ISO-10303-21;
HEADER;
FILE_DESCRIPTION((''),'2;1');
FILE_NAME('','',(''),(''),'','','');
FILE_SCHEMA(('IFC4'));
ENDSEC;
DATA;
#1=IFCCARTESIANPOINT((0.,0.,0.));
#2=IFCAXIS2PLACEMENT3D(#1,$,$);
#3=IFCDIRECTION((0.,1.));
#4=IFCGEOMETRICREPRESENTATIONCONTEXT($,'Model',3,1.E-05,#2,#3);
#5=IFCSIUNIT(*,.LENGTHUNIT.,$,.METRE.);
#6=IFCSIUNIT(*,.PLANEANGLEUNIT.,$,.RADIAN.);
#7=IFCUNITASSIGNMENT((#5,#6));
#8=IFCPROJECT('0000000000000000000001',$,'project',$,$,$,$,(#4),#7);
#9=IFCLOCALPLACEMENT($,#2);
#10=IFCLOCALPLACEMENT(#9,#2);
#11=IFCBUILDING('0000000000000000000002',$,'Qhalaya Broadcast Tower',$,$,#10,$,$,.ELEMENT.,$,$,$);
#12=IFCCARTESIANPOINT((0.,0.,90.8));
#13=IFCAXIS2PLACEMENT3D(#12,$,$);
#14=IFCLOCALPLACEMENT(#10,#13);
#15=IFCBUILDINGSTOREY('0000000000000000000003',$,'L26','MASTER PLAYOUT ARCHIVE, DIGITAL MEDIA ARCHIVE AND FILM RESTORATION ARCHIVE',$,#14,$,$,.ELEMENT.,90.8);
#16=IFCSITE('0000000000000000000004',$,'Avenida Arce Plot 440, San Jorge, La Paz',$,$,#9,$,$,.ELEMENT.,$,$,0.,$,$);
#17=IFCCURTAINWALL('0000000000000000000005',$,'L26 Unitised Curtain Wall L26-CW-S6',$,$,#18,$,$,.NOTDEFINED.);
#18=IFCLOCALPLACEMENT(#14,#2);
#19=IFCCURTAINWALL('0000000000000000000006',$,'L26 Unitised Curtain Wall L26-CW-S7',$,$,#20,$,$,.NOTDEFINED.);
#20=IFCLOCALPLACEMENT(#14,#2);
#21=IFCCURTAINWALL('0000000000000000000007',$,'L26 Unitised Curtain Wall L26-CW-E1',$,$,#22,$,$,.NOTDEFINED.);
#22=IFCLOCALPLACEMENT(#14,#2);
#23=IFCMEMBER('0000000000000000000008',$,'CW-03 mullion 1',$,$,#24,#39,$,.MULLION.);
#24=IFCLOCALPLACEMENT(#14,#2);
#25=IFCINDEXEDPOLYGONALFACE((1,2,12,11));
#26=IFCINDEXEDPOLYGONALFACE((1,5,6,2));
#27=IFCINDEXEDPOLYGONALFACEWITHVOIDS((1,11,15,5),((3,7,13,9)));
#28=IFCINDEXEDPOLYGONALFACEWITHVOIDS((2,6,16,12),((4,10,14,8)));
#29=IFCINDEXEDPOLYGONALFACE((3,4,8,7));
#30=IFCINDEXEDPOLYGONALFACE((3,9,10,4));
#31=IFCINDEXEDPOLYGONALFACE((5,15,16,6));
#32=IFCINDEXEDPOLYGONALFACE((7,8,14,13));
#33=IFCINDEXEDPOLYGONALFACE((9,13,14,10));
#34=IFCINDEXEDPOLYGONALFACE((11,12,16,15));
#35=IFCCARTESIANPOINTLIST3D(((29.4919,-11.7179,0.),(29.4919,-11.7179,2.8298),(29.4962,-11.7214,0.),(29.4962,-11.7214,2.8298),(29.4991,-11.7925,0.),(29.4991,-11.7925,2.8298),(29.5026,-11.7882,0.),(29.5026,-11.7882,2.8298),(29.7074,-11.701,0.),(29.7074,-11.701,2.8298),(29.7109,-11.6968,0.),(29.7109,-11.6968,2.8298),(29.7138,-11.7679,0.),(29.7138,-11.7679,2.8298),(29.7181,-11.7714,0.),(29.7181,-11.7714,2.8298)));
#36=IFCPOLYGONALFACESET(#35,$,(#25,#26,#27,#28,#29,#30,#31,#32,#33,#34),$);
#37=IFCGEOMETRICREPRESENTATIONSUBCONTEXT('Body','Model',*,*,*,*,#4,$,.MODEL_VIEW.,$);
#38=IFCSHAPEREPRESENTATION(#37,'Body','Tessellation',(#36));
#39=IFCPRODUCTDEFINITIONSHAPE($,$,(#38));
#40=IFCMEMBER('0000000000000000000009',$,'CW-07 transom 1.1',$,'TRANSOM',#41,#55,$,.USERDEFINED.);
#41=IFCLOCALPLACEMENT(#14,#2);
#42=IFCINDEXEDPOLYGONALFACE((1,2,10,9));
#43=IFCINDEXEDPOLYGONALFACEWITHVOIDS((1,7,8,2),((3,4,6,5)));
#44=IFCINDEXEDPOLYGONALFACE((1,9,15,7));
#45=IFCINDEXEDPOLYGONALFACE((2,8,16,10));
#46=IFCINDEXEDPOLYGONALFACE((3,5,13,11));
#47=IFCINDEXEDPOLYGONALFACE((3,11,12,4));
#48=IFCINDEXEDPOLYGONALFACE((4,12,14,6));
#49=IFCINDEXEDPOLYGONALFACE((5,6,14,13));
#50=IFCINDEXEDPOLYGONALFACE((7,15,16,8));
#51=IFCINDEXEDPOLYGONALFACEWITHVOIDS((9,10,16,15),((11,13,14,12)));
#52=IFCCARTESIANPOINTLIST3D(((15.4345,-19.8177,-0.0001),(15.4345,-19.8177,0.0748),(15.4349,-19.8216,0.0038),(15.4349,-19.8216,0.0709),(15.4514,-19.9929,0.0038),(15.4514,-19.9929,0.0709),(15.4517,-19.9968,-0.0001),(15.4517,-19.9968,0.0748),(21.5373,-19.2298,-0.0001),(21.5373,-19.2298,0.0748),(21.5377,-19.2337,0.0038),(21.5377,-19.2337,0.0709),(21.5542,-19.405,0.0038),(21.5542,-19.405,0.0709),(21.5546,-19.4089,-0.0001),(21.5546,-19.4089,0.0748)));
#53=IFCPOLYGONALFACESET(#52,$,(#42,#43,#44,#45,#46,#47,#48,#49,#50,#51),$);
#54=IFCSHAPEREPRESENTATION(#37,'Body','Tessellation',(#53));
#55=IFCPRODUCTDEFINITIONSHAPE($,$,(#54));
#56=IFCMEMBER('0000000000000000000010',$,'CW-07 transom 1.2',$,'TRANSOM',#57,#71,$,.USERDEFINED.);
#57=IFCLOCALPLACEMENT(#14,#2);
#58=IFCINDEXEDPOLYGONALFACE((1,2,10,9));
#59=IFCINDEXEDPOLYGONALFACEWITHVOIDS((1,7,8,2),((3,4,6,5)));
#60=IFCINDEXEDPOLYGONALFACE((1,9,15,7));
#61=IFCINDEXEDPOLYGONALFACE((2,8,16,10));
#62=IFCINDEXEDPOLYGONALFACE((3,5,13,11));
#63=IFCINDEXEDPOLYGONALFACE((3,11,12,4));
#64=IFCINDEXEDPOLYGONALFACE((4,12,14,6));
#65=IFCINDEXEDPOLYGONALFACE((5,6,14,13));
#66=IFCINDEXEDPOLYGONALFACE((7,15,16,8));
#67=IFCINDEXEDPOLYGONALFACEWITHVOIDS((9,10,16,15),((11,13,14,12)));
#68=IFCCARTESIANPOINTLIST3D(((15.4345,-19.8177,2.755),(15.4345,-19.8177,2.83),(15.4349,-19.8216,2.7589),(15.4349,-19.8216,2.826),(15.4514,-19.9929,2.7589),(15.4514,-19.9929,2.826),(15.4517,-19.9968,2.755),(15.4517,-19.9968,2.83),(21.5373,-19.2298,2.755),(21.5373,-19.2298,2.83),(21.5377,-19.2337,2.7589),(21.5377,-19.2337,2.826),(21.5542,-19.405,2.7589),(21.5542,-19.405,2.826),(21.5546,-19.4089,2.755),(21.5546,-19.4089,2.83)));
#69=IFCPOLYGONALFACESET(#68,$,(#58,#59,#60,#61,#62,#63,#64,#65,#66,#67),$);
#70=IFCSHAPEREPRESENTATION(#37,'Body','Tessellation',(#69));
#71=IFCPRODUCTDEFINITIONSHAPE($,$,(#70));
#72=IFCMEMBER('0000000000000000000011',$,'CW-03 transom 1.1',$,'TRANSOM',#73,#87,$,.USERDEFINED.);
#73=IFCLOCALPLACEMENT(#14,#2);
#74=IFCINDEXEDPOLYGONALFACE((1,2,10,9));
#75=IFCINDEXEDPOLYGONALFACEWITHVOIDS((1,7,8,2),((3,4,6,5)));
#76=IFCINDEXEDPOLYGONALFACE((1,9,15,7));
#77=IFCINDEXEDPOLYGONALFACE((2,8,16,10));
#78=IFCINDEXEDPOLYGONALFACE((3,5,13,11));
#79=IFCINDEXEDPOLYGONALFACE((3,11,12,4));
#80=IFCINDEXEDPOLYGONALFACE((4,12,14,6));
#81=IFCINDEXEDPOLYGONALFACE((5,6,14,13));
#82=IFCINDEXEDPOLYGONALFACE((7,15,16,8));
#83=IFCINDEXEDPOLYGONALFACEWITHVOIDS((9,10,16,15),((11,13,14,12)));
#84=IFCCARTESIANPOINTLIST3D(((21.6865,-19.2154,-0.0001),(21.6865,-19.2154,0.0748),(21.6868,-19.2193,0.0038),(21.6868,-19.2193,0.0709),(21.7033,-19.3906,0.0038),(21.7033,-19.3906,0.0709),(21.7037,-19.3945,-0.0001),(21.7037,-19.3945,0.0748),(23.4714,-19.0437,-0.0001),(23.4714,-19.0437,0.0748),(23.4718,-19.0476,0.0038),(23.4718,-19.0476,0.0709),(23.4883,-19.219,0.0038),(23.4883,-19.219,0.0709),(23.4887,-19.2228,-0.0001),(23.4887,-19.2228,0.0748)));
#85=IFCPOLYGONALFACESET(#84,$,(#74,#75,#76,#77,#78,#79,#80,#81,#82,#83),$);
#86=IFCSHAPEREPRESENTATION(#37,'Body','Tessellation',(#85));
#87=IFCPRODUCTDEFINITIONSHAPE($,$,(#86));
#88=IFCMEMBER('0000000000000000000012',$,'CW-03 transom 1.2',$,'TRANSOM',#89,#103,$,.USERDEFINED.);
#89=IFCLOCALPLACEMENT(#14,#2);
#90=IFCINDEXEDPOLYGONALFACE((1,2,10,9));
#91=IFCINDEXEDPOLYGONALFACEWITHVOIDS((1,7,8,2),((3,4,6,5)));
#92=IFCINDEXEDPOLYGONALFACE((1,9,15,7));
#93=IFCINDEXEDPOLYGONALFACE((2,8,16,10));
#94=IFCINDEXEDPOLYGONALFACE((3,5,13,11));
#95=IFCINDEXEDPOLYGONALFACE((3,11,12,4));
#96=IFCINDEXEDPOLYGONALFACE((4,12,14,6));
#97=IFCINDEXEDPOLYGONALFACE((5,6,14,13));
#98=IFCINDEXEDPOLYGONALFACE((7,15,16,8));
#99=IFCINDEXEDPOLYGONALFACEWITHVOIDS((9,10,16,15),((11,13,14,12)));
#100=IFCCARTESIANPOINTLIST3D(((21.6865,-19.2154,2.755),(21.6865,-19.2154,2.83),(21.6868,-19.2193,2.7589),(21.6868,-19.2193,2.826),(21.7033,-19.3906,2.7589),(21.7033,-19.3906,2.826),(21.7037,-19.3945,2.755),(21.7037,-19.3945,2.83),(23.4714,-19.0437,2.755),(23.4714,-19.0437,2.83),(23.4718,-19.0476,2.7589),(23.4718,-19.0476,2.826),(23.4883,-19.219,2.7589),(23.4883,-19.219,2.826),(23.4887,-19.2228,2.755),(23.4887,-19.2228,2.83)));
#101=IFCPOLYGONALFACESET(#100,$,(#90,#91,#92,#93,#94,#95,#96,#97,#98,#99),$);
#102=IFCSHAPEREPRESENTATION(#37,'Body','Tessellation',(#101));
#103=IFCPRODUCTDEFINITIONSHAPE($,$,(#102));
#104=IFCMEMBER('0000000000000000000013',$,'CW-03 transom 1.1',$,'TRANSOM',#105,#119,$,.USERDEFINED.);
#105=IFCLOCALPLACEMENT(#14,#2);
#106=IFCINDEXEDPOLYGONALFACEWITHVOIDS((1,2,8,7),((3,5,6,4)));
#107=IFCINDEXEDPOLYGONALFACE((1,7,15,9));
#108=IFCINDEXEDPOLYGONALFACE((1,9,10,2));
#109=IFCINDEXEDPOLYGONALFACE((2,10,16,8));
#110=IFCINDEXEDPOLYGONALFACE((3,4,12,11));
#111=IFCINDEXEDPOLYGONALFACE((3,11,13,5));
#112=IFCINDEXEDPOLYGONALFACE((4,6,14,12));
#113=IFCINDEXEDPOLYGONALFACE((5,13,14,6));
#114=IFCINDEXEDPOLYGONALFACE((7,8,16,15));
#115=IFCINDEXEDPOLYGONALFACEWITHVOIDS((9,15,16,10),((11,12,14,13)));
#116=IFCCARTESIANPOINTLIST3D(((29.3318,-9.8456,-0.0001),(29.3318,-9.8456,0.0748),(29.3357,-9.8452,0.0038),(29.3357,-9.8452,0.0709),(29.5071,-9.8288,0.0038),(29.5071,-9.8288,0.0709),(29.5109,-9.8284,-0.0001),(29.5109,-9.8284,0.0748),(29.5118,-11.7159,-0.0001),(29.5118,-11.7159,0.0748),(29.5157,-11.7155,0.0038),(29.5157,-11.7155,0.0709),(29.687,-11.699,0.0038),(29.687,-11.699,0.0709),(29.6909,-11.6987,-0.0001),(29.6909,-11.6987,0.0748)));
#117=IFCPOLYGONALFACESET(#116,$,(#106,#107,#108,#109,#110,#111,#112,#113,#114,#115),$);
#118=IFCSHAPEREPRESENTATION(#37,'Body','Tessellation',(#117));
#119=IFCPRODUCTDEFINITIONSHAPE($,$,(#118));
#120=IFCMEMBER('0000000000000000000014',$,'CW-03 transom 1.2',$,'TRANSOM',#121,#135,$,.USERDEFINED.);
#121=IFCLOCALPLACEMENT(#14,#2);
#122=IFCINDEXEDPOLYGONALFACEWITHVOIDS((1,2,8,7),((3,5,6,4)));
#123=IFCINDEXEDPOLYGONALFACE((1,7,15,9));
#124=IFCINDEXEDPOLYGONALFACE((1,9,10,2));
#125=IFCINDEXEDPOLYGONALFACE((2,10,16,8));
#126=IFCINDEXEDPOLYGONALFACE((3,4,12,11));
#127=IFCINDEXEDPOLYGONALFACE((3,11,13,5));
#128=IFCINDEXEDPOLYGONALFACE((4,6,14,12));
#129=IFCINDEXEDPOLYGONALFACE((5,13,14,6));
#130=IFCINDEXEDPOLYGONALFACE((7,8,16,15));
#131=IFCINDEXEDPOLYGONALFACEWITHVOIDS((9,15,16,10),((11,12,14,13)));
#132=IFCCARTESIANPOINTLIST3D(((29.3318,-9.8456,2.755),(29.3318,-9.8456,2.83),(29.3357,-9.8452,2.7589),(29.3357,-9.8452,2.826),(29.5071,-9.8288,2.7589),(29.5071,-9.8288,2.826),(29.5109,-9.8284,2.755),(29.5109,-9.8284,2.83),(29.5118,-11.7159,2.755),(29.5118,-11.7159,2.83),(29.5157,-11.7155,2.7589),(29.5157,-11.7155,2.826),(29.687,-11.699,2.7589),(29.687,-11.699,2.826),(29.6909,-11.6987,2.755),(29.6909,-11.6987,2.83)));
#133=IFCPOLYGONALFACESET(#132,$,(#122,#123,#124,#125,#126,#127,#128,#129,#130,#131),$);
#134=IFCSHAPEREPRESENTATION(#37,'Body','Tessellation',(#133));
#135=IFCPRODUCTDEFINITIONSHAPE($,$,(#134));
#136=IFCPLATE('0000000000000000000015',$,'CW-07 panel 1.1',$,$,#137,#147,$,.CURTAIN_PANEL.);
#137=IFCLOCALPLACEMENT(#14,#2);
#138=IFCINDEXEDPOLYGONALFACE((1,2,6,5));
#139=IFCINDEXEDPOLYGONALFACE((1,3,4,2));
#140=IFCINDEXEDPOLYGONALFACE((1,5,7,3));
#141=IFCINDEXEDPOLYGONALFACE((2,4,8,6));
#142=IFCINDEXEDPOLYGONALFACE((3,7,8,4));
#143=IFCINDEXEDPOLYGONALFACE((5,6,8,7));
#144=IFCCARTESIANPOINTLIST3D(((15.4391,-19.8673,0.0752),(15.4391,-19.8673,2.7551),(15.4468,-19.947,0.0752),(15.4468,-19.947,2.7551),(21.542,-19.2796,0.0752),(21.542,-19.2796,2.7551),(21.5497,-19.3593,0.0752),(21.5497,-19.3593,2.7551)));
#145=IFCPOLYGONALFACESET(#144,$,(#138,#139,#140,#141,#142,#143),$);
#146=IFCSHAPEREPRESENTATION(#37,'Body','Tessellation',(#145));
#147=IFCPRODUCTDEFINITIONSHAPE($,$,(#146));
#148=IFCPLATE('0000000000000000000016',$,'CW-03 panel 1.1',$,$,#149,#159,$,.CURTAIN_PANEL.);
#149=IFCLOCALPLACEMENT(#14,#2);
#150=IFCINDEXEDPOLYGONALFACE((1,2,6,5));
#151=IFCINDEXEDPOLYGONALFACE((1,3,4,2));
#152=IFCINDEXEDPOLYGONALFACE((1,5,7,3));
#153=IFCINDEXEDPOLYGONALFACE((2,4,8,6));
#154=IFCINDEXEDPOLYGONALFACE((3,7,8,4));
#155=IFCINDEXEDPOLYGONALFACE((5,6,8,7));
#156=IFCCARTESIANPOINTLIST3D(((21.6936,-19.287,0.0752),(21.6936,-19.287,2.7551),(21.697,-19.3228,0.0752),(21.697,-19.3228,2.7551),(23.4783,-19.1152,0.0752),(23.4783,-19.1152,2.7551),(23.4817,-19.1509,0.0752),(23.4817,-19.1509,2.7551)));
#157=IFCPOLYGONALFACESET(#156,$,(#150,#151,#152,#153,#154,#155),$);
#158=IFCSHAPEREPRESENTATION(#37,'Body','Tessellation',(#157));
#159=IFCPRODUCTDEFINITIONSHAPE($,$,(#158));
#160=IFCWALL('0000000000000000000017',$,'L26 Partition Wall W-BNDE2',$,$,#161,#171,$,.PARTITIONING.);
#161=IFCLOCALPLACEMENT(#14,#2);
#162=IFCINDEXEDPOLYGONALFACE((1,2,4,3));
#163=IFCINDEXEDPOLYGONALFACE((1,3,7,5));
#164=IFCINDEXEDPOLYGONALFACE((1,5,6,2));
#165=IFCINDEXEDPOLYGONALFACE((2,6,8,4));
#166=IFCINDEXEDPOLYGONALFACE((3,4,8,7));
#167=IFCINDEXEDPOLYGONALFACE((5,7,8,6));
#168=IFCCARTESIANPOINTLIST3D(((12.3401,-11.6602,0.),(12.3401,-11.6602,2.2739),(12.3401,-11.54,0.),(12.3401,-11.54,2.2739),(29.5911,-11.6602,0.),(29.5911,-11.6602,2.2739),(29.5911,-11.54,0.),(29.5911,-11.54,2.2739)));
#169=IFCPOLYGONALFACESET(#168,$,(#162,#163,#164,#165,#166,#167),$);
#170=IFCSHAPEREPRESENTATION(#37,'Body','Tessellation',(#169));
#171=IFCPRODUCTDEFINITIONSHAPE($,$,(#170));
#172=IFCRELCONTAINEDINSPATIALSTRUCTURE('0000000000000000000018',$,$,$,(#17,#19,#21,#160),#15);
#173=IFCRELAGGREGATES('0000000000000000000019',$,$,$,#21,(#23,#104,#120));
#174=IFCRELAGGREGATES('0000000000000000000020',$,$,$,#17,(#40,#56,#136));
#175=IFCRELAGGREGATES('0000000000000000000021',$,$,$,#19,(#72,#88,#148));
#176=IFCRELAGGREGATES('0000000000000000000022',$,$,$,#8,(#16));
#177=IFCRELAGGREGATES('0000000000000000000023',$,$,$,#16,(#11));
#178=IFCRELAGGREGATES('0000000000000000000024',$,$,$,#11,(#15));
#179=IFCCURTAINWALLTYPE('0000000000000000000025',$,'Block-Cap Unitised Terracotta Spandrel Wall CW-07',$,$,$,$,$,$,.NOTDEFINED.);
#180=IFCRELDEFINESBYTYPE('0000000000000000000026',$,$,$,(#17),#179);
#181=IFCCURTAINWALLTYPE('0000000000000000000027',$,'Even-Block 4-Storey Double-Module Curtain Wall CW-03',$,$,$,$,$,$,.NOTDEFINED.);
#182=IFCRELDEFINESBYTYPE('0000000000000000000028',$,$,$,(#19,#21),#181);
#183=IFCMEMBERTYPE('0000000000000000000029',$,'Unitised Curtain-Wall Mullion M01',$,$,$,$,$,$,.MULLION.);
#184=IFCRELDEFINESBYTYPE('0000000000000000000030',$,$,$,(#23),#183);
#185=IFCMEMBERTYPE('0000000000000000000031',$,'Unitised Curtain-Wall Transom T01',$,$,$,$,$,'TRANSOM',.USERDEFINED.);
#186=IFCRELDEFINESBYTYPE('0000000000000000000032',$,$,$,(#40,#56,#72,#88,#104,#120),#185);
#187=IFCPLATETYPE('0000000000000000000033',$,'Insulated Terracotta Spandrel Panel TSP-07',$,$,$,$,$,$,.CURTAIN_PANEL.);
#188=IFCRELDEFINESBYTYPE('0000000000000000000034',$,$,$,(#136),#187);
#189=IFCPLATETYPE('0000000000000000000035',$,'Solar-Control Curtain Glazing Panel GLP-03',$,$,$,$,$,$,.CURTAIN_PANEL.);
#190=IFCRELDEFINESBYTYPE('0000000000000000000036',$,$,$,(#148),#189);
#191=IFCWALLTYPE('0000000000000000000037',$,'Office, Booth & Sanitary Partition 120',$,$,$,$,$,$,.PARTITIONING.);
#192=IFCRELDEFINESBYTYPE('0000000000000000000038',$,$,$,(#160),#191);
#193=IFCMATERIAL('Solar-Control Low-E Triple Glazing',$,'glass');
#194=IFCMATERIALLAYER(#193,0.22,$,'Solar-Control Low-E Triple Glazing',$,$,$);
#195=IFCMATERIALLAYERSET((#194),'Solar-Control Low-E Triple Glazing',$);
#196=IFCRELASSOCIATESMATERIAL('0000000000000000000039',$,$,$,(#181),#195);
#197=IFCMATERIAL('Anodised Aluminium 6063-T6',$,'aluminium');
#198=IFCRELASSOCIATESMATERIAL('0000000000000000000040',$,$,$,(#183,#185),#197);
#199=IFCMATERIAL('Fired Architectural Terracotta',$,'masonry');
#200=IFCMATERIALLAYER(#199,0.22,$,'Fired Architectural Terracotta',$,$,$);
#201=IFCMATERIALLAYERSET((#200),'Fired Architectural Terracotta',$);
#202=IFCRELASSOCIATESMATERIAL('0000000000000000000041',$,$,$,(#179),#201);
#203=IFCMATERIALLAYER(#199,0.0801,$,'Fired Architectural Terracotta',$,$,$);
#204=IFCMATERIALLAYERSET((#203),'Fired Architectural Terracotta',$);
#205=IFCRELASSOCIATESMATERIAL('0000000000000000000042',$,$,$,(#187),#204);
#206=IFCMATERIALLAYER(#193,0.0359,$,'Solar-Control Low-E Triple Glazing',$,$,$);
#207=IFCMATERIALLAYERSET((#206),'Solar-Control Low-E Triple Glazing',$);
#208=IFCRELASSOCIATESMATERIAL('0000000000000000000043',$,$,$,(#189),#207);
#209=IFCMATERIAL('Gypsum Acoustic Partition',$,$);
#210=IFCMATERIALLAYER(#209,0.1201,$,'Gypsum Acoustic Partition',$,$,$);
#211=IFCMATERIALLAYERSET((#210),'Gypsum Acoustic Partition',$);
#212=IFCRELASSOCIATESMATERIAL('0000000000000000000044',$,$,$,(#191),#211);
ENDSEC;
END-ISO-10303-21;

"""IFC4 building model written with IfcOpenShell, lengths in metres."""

from ifc_helpers import new_model, si_unit, direction, frame, frame_2d, origin, origin_2d, place, context, subcontext, project, spatial, rectangle, hollow_rectangle, extrude, material, layer, layer_set, material_profile, profile_set, type_object, element, aggregate, save


model = new_model("IFC4")

# Units and contexts
model_context = context("Model", 3, precision=1e-05, world=origin(), true_north=direction((0.0, 1.0)))
body_context = subcontext(model_context, "Body", "Model", "MODEL_VIEW")
ifc_project = project(units=[si_unit("LENGTHUNIT", "METRE"), si_unit("PLANEANGLEUNIT", "RADIAN")], contexts=[model_context])

# Site, building, storey
site_placement = place(None, origin())
site = spatial("IfcSite", under=ifc_project, at=site_placement, Name="Avenida Arce Plot 440, San Jorge, La Paz", CompositionType="ELEMENT", RefElevation=0.0)
building_placement = place(site_placement, origin())
building = spatial("IfcBuilding", under=site, at=building_placement, Name="Qhalaya Broadcast Tower", CompositionType="ELEMENT")
storey_placement = place(building_placement, frame((0.0, 0.0, 90.8)))
storey = spatial("IfcBuildingStorey", under=building, at=storey_placement, Name="L26", Description="MASTER PLAYOUT ARCHIVE, DIGITAL MEDIA ARCHIVE AND FILM RESTORATION ARCHIVE", CompositionType="ELEMENT", Elevation=90.8)

# Shared definitions
ifc_material_1 = material(Name="Solar-Control Low-E Triple Glazing", Category="glass")
ifc_layer_1 = layer(ifc_material_1, 0.22, Name="Solar-Control Low-E Triple Glazing")
ifc_layer_set_1 = layer_set([ifc_layer_1], Name="Solar-Control Low-E Triple Glazing")
curtain_wall_type_1 = type_object("IfcCurtainWallType", Name="Even-Block 4-Storey Double-Module Curtain Wall CW-03", PredefinedType="NOTDEFINED", material=ifc_layer_set_1)
ifc_material_2 = material(Name="Anodised Aluminium 6063-T6", Category="aluminium")
ifc_material_profile_1 = material_profile(ifc_material_2, hollow_rectangle(XDim=0.075, YDim=0.22, WallThickness=0.0039, at=origin_2d()), Name="ALU-MUL 75x220x4")
ifc_profile_set_1 = profile_set([ifc_material_profile_1], Name="Anodised Aluminium 6063-T6")
member_type_1 = type_object("IfcMemberType", Name="Unitised Curtain-Wall Mullion M01", PredefinedType="MULLION", material=ifc_profile_set_1)

# Curtain walls
ifc_material_3 = material(Name="Fired Architectural Terracotta", Category="masonry")
ifc_layer_2 = layer(ifc_material_3, 0.22, Name="Fired Architectural Terracotta")
ifc_layer_set_2 = layer_set([ifc_layer_2], Name="Fired Architectural Terracotta")
curtain_wall_type_2 = type_object("IfcCurtainWallType", Name="Block-Cap Unitised Terracotta Spandrel Wall CW-07", PredefinedType="NOTDEFINED", material=ifc_layer_set_2)
curtain_wall_1_placement = place(storey_placement, origin())
curtain_wall_1 = element("IfcCurtainWall", 1, at=curtain_wall_1_placement, inside=storey, type_object=curtain_wall_type_2, Name="L26 Unitised Curtain Wall L26-CW-S6", PredefinedType="NOTDEFINED")
curtain_wall_2_placement = place(storey_placement, origin())
curtain_wall_2 = element("IfcCurtainWall", 2, at=curtain_wall_2_placement, inside=storey, type_object=curtain_wall_type_1, Name="L26 Unitised Curtain Wall L26-CW-S7", PredefinedType="NOTDEFINED")

# Curtain wall, member
curtain_wall_3_placement = place(storey_placement, origin())
curtain_wall_3 = element("IfcCurtainWall", 3, at=curtain_wall_3_placement, inside=storey, type_object=curtain_wall_type_1, Name="L26 Unitised Curtain Wall L26-CW-E1", PredefinedType="NOTDEFINED")
member_1_placement = place(storey_placement, frame((29.605, -11.7446, 0.0), z_axis=(0.0, 0.0, 1.0), x_axis=(-0.095858, 0.995395, 0.0)))
member_1 = element("IfcMember", 4, at=member_1_placement, type_object=member_type_1, Name="CW-03 mullion 1", PredefinedType="MULLION", context=body_context, shape_type="SweptSolid", body=[
    extrude(hollow_rectangle(XDim=0.075, YDim=0.22, WallThickness=0.0039, at=origin_2d()), origin(), (0.0, 0.0, 1.0), 2.8298),
])

# Members
ifc_material_profile_2 = material_profile(ifc_material_2, hollow_rectangle(XDim=0.075, YDim=0.1799, WallThickness=0.0039, at=origin_2d()), Name="ALU-TRN 75x180x4")
ifc_profile_set_2 = profile_set([ifc_material_profile_2], Name="Anodised Aluminium 6063-T6")
member_type_2 = type_object("IfcMemberType", Name="Unitised Curtain-Wall Transom T01", ElementType="TRANSOM", PredefinedType="USERDEFINED", material=ifc_profile_set_2)
member_2_placement = place(storey_placement, frame((15.4431, -19.9072, 0.0374), z_axis=(0.995392, 0.095888, 0.0), x_axis=(0.0, 0.0, 1.0)))
member_2 = element("IfcMember", 5, at=member_2_placement, type_object=member_type_2, Name="CW-07 transom 1.1", ObjectType="TRANSOM", PredefinedType="USERDEFINED", context=body_context, shape_type="SweptSolid", body=[
    extrude(hollow_rectangle(XDim=0.075, YDim=0.1799, WallThickness=0.0039, at=origin_2d()), origin(), (0.0, 0.0, 1.0), 6.1311),
])
member_3_placement = place(storey_placement, frame((15.4431, -19.9072, 2.7925), z_axis=(0.995392, 0.095888, 0.0), x_axis=(0.0, 0.0, 1.0)))
member_3 = element("IfcMember", 6, at=member_3_placement, type_object=member_type_2, Name="CW-07 transom 1.2", ObjectType="TRANSOM", PredefinedType="USERDEFINED", context=body_context, shape_type="SweptSolid", body=[
    extrude(hollow_rectangle(XDim=0.075, YDim=0.1799, WallThickness=0.0039, at=origin_2d()), origin(), (0.0, 0.0, 1.0), 6.1311),
])
member_4_placement = place(storey_placement, frame((21.6951, -19.3049, 0.0374), z_axis=(0.995409, 0.095715, 0.0), x_axis=(0.0, 0.0, 1.0)))
member_4 = element("IfcMember", 7, at=member_4_placement, type_object=member_type_2, Name="CW-03 transom 1.1", ObjectType="TRANSOM", PredefinedType="USERDEFINED", context=body_context, shape_type="SweptSolid", body=[
    extrude(hollow_rectangle(XDim=0.075, YDim=0.1799, WallThickness=0.0039, at=origin_2d()), origin(), (0.0, 0.0, 1.0), 1.7932),
])
member_5_placement = place(storey_placement, frame((21.6951, -19.3049, 2.7925), z_axis=(0.995409, 0.095715, 0.0), x_axis=(0.0, 0.0, 1.0)))
member_5 = element("IfcMember", 8, at=member_5_placement, type_object=member_type_2, Name="CW-03 transom 1.2", ObjectType="TRANSOM", PredefinedType="USERDEFINED", context=body_context, shape_type="SweptSolid", body=[
    extrude(hollow_rectangle(XDim=0.075, YDim=0.1799, WallThickness=0.0039, at=origin_2d()), origin(), (0.0, 0.0, 1.0), 1.7932),
])
member_6_placement = place(storey_placement, frame((29.6013, -11.7073, 0.0374), z_axis=(-0.095759, 0.995405, 0.0), x_axis=(0.0, 0.0, 1.0)))
member_6 = element("IfcMember", 9, at=member_6_placement, type_object=member_type_2, Name="CW-03 transom 1.1", ObjectType="TRANSOM", PredefinedType="USERDEFINED", context=body_context, shape_type="SweptSolid", body=[
    extrude(hollow_rectangle(XDim=0.075, YDim=0.1799, WallThickness=0.0039, at=origin_2d()), origin(), (0.0, 0.0, 1.0), 1.8789),
])
member_7_placement = place(storey_placement, frame((29.6013, -11.7073, 2.7925), z_axis=(-0.095759, 0.995405, 0.0), x_axis=(0.0, 0.0, 1.0)))
member_7 = element("IfcMember", 10, at=member_7_placement, type_object=member_type_2, Name="CW-03 transom 1.2", ObjectType="TRANSOM", PredefinedType="USERDEFINED", context=body_context, shape_type="SweptSolid", body=[
    extrude(hollow_rectangle(XDim=0.075, YDim=0.1799, WallThickness=0.0039, at=origin_2d()), origin(), (0.0, 0.0, 1.0), 1.8789),
])
aggregate(curtain_wall_3, [member_1, member_6, member_7])

# Plates
ifc_layer_3 = layer(ifc_material_3, 0.0801, Name="Fired Architectural Terracotta")
ifc_layer_set_3 = layer_set([ifc_layer_3], Name="Fired Architectural Terracotta")
plate_type_1 = type_object("IfcPlateType", Name="Insulated Terracotta Spandrel Panel TSP-07", PredefinedType="CURTAIN_PANEL", material=ifc_layer_set_3)
plate_1_placement = place(storey_placement, frame((18.4944, -19.6133, 0.0752), z_axis=(0.0, 0.0, 1.0), x_axis=(0.995395, 0.09586, 0.0)))
plate_1 = element("IfcPlate", 11, at=plate_1_placement, type_object=plate_type_1, Name="CW-07 panel 1.1", PredefinedType="CURTAIN_PANEL", context=body_context, shape_type="SweptSolid", body=[
    extrude(rectangle(XDim=6.1311, YDim=0.0801, at=origin_2d()), origin(), (0.0, 0.0, 1.0), 2.6799),
])
aggregate(curtain_wall_1, [member_2, member_3, plate_1])
ifc_layer_4 = layer(ifc_material_1, 0.0359, Name="Solar-Control Low-E Triple Glazing")
ifc_layer_set_4 = layer_set([ifc_layer_4], Name="Solar-Control Low-E Triple Glazing")
plate_type_2 = type_object("IfcPlateType", Name="Solar-Control Curtain Glazing Panel GLP-03", PredefinedType="CURTAIN_PANEL", material=ifc_layer_set_4)
plate_2_placement = place(storey_placement, frame((22.5876, -19.219, 0.0752), z_axis=(0.0, 0.0, 1.0), x_axis=(0.995398, 0.095829, 0.0)))
plate_2 = element("IfcPlate", 12, at=plate_2_placement, type_object=plate_type_2, Name="CW-03 panel 1.1", PredefinedType="CURTAIN_PANEL", context=body_context, shape_type="SweptSolid", body=[
    extrude(rectangle(XDim=1.793, YDim=0.0359, at=origin_2d()), origin(), (0.0, 0.0, 1.0), 2.6799),
])
aggregate(curtain_wall_2, [member_4, member_5, plate_2])

# Wall
ifc_material_4 = material(Name="Gypsum Acoustic Partition")
ifc_layer_5 = layer(ifc_material_4, 0.1201, Name="Gypsum Acoustic Partition")
ifc_layer_set_5 = layer_set([ifc_layer_5], Name="Gypsum Acoustic Partition")
wall_type = type_object("IfcWallType", Name="Office, Booth & Sanitary Partition 120", PredefinedType="PARTITIONING", material=ifc_layer_set_5)
wall_placement = place(storey_placement, frame((12.3401, -11.6001, 0.0), z_axis=(0.0, 0.0, 1.0), x_axis=(1.0, 0.0, 0.0)))
element("IfcWall", 13, at=wall_placement, inside=storey, type_object=wall_type, Name="L26 Partition Wall W-BNDE2", PredefinedType="PARTITIONING", context=body_context, shape_type="SweptSolid", body=[
    extrude(rectangle(XDim=17.251, YDim=0.1201, at=frame_2d((8.6255, 0.0))), origin(), (0.0, 0.0, 1.0), 2.2739),
])

save(model, "model.ifc")
